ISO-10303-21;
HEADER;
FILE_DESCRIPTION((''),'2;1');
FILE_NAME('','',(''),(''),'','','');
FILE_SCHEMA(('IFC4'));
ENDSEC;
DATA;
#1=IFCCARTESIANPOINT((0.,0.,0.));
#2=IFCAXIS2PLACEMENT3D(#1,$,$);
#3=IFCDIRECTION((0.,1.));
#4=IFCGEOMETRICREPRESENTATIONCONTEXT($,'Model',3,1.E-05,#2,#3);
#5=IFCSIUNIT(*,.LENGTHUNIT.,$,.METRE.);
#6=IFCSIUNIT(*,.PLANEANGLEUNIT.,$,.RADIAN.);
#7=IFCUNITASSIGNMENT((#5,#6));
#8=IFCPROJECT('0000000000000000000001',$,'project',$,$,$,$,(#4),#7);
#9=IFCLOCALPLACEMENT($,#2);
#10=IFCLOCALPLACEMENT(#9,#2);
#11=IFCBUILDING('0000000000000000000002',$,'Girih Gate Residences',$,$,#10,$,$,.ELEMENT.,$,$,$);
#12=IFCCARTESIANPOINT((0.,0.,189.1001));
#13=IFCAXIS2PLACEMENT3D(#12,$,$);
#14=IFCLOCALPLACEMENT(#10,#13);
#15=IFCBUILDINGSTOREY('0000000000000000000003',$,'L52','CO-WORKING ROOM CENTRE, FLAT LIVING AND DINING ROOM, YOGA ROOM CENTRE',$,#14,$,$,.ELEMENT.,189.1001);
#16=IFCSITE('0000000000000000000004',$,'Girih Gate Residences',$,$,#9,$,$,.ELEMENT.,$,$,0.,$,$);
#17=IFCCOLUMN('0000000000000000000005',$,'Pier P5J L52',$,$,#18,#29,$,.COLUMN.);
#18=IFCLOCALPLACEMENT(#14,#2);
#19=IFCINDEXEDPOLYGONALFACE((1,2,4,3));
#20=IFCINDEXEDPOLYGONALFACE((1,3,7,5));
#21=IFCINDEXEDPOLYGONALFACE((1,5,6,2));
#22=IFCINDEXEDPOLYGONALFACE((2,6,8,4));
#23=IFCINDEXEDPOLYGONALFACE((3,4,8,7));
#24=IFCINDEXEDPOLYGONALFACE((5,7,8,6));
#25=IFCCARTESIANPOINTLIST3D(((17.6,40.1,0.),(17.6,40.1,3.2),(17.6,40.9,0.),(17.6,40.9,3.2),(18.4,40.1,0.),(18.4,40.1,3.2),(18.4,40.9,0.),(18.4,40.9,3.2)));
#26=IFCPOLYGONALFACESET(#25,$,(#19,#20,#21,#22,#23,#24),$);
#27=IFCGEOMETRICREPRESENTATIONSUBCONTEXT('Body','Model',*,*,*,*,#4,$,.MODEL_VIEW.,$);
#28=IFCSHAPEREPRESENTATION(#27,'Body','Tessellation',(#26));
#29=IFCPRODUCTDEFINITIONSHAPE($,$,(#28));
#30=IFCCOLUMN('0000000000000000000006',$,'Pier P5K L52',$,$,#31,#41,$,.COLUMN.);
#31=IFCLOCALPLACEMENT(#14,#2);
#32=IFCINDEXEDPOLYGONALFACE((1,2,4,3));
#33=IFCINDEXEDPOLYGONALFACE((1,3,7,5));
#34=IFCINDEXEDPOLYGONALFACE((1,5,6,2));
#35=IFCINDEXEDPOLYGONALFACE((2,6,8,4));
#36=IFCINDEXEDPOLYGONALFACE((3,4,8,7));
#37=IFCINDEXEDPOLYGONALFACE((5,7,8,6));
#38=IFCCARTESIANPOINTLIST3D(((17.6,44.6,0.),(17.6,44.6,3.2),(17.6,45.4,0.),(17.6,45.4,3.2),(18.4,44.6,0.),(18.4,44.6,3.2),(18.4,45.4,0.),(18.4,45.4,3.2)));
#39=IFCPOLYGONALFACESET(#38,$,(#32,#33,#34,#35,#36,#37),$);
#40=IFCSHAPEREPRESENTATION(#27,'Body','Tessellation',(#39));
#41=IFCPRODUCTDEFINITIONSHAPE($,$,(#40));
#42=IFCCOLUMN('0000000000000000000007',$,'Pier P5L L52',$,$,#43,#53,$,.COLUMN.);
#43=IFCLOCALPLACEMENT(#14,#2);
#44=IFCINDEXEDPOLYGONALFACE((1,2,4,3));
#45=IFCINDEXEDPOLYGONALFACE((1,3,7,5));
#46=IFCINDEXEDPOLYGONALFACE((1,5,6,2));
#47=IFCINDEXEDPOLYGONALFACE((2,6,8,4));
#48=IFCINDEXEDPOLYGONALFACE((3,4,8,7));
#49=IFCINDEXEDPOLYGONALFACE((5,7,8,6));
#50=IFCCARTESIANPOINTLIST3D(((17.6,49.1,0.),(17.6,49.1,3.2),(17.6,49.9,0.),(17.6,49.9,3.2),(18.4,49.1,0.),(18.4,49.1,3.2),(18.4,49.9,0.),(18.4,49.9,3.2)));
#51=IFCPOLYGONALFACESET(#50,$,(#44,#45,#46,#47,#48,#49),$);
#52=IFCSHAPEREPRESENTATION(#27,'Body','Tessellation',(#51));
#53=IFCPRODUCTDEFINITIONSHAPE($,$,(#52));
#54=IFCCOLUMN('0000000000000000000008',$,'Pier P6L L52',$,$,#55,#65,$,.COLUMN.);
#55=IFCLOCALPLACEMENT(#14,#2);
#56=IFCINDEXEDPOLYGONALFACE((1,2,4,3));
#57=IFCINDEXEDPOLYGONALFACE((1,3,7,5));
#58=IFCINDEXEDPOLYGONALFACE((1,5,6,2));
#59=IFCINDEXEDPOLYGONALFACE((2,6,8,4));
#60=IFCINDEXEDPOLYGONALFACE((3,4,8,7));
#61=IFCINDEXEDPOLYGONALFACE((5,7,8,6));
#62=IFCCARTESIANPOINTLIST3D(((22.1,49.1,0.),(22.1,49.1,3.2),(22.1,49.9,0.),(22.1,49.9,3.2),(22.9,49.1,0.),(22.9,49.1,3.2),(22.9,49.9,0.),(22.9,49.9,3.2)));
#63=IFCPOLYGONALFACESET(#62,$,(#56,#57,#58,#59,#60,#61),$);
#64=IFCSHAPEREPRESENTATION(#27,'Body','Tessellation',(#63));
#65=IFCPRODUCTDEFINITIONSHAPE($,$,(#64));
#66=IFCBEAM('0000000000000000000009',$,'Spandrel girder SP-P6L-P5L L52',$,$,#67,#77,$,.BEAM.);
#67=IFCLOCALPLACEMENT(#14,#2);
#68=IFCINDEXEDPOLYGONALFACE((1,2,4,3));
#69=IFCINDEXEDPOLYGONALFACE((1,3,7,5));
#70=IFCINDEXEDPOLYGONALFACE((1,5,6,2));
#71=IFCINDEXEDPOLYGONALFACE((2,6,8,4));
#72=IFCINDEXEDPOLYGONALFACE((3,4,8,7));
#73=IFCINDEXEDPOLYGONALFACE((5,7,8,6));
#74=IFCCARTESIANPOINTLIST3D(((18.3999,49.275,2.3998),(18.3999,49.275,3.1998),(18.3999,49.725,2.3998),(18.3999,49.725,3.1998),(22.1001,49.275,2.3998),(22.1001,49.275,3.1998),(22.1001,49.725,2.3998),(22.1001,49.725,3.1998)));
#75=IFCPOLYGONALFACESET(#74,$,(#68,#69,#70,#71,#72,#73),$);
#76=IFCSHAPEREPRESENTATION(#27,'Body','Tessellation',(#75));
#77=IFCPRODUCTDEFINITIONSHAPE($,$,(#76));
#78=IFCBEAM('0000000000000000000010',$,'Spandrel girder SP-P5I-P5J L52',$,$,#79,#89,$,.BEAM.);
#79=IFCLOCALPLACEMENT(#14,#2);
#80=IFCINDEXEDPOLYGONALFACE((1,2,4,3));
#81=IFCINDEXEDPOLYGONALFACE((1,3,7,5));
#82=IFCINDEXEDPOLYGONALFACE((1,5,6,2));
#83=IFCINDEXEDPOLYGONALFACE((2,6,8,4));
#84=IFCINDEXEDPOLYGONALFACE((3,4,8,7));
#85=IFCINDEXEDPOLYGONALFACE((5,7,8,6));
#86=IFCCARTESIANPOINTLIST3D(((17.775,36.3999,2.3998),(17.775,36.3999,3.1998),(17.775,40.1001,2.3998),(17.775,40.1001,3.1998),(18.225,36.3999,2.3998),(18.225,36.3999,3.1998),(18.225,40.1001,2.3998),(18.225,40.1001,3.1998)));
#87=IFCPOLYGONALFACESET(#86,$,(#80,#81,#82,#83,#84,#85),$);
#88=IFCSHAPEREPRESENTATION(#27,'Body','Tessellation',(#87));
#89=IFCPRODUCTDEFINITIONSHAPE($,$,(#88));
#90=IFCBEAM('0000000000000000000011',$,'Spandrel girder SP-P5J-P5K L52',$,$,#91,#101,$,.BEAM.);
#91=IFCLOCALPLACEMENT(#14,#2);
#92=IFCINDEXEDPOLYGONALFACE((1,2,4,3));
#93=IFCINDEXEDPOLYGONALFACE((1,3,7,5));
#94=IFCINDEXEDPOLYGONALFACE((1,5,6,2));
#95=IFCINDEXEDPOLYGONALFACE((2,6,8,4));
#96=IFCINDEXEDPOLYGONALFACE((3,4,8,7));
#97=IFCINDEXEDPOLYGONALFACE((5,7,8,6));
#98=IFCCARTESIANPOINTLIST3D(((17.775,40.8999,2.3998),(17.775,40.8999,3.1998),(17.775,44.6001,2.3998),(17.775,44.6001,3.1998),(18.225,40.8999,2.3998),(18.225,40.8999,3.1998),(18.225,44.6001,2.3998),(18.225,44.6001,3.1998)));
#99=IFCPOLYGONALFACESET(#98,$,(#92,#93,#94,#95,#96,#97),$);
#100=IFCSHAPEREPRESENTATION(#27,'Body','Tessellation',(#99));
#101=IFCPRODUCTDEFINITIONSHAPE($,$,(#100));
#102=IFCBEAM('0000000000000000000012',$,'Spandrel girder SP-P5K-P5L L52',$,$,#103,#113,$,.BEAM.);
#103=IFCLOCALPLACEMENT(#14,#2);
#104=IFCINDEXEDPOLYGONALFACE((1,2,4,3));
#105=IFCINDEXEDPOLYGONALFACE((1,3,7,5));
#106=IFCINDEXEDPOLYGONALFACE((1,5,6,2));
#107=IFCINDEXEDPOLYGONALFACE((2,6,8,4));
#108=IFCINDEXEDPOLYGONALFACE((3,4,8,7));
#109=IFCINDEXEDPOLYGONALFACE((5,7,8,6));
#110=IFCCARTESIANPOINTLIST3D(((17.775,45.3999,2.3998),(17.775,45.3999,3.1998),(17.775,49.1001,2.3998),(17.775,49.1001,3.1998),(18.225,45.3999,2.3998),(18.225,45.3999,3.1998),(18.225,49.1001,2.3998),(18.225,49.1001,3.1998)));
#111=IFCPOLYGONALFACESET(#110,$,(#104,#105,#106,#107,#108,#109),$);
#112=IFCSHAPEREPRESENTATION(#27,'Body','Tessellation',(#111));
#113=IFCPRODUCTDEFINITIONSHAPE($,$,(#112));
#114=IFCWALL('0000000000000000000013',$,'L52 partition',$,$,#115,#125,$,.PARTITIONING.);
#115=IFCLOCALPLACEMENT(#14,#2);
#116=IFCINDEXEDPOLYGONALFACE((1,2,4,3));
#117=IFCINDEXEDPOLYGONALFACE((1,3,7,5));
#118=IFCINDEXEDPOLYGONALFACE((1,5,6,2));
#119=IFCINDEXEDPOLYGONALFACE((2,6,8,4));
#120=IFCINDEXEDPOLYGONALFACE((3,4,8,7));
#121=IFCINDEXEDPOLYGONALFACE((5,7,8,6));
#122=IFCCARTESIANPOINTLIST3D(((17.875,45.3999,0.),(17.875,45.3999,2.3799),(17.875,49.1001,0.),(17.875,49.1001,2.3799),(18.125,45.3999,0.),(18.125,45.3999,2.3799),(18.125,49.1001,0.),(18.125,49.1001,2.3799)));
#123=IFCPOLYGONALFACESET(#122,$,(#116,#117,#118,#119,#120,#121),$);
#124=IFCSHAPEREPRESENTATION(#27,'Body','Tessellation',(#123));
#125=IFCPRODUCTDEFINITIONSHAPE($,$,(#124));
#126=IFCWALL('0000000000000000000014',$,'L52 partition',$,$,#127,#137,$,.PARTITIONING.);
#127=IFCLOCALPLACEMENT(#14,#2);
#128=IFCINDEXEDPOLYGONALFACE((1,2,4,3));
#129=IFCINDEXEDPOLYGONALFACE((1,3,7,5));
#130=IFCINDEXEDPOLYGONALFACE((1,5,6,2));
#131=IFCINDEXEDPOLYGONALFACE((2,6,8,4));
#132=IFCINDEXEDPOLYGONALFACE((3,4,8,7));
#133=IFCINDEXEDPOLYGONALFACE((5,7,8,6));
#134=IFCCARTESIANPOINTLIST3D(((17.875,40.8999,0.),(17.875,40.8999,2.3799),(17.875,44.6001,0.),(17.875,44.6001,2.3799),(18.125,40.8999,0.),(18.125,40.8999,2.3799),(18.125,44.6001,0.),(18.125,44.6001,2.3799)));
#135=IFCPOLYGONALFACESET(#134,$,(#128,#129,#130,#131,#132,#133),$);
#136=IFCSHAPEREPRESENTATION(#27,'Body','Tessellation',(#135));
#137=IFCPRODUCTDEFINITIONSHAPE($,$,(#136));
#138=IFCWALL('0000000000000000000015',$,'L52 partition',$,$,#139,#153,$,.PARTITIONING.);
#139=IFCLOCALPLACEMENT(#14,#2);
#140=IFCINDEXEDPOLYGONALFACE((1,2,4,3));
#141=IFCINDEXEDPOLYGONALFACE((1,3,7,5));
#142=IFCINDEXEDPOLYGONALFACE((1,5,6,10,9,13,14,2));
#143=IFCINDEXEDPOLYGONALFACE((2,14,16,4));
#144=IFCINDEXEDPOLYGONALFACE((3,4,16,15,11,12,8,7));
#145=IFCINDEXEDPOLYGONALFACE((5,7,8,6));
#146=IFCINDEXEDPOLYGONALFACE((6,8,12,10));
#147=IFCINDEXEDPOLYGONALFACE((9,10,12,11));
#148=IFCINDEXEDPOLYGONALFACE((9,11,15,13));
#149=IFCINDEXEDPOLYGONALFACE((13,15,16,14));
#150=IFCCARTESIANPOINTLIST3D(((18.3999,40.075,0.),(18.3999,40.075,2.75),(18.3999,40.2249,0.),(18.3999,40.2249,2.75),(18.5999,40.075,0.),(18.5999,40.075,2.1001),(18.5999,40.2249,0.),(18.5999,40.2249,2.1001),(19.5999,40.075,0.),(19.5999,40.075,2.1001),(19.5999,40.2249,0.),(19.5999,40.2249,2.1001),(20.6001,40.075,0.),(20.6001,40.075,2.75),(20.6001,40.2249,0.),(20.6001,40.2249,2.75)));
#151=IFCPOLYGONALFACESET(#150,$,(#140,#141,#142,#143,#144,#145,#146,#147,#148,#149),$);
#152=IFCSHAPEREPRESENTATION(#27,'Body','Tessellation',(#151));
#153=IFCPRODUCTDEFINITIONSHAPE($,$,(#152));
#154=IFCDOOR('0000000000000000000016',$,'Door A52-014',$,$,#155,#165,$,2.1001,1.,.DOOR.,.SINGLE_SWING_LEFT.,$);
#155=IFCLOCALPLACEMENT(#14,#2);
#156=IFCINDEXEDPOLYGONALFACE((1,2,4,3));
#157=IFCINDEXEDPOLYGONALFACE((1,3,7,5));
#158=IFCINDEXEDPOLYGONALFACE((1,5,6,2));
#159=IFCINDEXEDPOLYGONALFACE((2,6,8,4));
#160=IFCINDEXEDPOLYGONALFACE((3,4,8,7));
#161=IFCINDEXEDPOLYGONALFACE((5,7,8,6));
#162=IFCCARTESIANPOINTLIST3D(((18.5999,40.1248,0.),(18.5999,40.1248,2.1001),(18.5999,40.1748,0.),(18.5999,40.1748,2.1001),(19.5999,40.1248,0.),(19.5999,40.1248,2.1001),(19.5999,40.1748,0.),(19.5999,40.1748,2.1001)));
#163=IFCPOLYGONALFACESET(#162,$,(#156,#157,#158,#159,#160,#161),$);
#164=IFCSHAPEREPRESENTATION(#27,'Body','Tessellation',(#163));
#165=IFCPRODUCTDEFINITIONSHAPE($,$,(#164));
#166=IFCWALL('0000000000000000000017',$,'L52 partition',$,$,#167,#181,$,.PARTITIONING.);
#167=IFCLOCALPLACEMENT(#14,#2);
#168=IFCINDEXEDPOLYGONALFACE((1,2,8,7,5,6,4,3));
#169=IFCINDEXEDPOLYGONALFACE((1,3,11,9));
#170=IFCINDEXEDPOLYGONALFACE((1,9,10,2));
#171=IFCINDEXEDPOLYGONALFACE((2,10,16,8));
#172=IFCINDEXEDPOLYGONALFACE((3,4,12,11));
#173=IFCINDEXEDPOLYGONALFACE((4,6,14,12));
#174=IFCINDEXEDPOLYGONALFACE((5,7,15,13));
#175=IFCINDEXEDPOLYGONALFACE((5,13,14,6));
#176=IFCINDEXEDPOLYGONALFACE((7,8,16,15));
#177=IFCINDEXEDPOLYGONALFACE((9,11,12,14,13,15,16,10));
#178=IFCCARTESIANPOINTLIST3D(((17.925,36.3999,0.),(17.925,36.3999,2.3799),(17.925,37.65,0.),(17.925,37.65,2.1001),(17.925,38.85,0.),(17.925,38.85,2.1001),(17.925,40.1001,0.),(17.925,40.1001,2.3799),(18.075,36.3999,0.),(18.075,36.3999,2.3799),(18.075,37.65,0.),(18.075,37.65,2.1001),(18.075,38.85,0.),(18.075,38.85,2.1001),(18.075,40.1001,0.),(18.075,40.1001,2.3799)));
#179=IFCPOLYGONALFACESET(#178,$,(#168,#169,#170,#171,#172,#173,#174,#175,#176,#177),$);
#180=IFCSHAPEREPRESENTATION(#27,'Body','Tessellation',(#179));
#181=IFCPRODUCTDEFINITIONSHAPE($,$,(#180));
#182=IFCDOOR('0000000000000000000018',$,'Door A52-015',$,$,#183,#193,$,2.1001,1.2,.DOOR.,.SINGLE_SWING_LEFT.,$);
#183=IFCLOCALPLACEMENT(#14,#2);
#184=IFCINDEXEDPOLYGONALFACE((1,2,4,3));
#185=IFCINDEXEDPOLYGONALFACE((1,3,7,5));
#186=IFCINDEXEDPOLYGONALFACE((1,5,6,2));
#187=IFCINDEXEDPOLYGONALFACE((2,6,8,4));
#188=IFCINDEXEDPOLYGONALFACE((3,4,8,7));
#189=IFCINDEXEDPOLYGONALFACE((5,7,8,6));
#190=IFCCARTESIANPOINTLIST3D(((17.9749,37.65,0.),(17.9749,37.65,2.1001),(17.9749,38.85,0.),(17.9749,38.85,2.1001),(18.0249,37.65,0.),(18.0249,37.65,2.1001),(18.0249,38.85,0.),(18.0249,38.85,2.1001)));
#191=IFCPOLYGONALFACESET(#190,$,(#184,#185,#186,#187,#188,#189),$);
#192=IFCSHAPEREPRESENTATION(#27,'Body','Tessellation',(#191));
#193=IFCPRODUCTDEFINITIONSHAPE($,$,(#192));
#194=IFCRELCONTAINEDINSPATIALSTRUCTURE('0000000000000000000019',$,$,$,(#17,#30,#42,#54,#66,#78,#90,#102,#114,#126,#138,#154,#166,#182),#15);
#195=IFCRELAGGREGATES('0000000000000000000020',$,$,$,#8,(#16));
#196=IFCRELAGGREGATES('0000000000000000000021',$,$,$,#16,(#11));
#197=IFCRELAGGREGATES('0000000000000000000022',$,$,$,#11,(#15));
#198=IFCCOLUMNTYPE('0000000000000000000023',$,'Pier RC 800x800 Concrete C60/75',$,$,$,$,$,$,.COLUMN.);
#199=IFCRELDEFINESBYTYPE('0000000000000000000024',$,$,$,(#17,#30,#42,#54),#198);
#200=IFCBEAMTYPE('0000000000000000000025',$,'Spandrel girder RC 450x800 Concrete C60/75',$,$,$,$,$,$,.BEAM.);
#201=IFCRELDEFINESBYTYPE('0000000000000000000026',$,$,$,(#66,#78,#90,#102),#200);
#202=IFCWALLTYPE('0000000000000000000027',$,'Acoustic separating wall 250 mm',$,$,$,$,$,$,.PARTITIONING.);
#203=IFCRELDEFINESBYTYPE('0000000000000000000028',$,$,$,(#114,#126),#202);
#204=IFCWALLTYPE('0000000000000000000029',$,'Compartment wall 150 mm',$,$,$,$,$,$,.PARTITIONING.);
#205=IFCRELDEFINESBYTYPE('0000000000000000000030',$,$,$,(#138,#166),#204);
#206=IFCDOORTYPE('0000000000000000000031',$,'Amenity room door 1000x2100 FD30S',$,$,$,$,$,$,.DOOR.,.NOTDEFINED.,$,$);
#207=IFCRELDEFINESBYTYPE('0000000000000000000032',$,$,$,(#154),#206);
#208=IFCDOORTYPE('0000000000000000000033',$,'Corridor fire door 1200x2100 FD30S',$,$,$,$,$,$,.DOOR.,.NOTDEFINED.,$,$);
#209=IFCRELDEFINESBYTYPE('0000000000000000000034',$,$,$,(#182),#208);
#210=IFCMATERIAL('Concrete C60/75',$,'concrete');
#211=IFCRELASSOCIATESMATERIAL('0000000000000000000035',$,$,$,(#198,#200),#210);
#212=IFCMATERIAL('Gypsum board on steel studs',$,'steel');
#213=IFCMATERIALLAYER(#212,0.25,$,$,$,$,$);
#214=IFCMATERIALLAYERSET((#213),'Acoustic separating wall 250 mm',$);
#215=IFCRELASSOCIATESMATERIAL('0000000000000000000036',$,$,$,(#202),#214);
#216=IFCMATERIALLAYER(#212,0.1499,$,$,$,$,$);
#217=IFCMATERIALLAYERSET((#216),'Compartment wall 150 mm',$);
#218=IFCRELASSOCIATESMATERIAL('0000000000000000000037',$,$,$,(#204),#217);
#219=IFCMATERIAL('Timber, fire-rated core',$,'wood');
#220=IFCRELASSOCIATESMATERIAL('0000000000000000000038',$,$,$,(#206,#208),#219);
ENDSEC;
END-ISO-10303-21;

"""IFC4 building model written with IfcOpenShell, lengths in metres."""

from ifc_helpers import new_model, si_unit, direction, frame, frame_2d, origin, origin_2d, place, context, subcontext, project, spatial, rectangle, extrude, material, layer, layer_set, material_profile, profile_set, type_object, element, fill, save


model = new_model("IFC4")

# Units and contexts
model_context = context("Model", 3, precision=1e-05, world=origin(), true_north=direction((0.0, 1.0)))
body_context = subcontext(model_context, "Body", "Model", "MODEL_VIEW")
ifc_project = project(units=[si_unit("LENGTHUNIT", "METRE"), si_unit("PLANEANGLEUNIT", "RADIAN")], contexts=[model_context])

# Site, building, storey
site_placement = place(None, origin())
site = spatial("IfcSite", under=ifc_project, at=site_placement, Name="Girih Gate Residences", CompositionType="ELEMENT", RefElevation=0.0)
building_placement = place(site_placement, origin())
building = spatial("IfcBuilding", under=site, at=building_placement, Name="Girih Gate Residences", CompositionType="ELEMENT")
storey_placement = place(building_placement, frame((0.0, 0.0, 189.1001)))
storey = spatial("IfcBuildingStorey", under=building, at=storey_placement, Name="L52", Description="CO-WORKING ROOM CENTRE, FLAT LIVING AND DINING ROOM, YOGA ROOM CENTRE", CompositionType="ELEMENT", Elevation=189.1001)

# Columns
ifc_material_1 = material(Name="Concrete C60/75", Category="concrete")
ifc_material_profile_1 = material_profile(ifc_material_1, rectangle(XDim=0.8, YDim=0.8, at=origin_2d()))
ifc_profile_set_1 = profile_set([ifc_material_profile_1], Name="Concrete C60/75")
column_type = type_object("IfcColumnType", Name="Pier RC 800x800 Concrete C60/75", PredefinedType="COLUMN", material=ifc_profile_set_1)
for number, where, z_axis, x_axis, name in (
    (1, (18.0, 40.5, 0.0), (0.0, 0.0, 1.0), (1.0, 0.0, 0.0), "Pier P5J L52"),
    (2, (18.0, 45.0, 0.0), (0.0, 0.0, 1.0), (1.0, 0.0, 0.0), "Pier P5K L52"),
    (3, (18.0, 49.5, 0.0), (0.0, 0.0, 1.0), (1.0, 0.0, 0.0), "Pier P5L L52"),
    (4, (22.5, 49.5, 0.0), (0.0, 0.0, 1.0), (1.0, 0.0, 0.0), "Pier P6L L52"),
):
    element("IfcColumn", number, at=place(storey_placement, frame(where, z_axis=z_axis, x_axis=x_axis)), inside=storey, type_object=column_type, Name=name, PredefinedType="COLUMN", context=body_context, shape_type="SweptSolid", body=[
        extrude(rectangle(XDim=0.8, YDim=0.8, at=origin_2d()), origin(), (0.0, 0.0, 1.0), 3.2),
    ])

# Beams
ifc_material_profile_2 = material_profile(ifc_material_1, rectangle(XDim=0.45, YDim=0.8, at=origin_2d()))
ifc_profile_set_2 = profile_set([ifc_material_profile_2], Name="Concrete C60/75")
beam_type = type_object("IfcBeamType", Name="Spandrel girder RC 450x800 Concrete C60/75", PredefinedType="BEAM", material=ifc_profile_set_2)
for number, where, z_axis, x_axis, name in (
    (5, (22.1001, 49.5, 2.7998), (-1.0, 0.0, 0.0), (0.0, -1.0, 0.0), "Spandrel girder SP-P6L-P5L L52"),
    (6, (18.0, 36.3999, 2.7998), (0.0, 1.0, 0.0), (-1.0, 0.0, 0.0), "Spandrel girder SP-P5I-P5J L52"),
    (7, (18.0, 40.8999, 2.7998), (0.0, 1.0, 0.0), (-1.0, 0.0, 0.0), "Spandrel girder SP-P5J-P5K L52"),
    (8, (18.0, 45.3999, 2.7998), (0.0, 1.0, 0.0), (-1.0, 0.0, 0.0), "Spandrel girder SP-P5K-P5L L52"),
):
    element("IfcBeam", number, at=place(storey_placement, frame(where, z_axis=z_axis, x_axis=x_axis)), inside=storey, type_object=beam_type, Name=name, PredefinedType="BEAM", context=body_context, shape_type="SweptSolid", body=[
        extrude(rectangle(XDim=0.45, YDim=0.8, at=origin_2d()), origin(), (0.0, 0.0, 1.0), 3.7002),
    ])

# Walls
ifc_material_2 = material(Name="Gypsum board on steel studs", Category="steel")
ifc_layer_1 = layer(ifc_material_2, 0.25)
ifc_layer_set_1 = layer_set([ifc_layer_1], Name="Acoustic separating wall 250 mm")
wall_type_1 = type_object("IfcWallType", Name="Acoustic separating wall 250 mm", PredefinedType="PARTITIONING", material=ifc_layer_set_1)
for number, where, z_axis, x_axis, name in (
    (9, (18.0, 45.3999, 0.0), (0.0, 0.0, 1.0), (0.0, 1.0, 0.0), "L52 partition"),
    (10, (18.0, 40.8999, 0.0), (0.0, 0.0, 1.0), (0.0, 1.0, 0.0), "L52 partition"),
):
    element("IfcWall", number, at=place(storey_placement, frame(where, z_axis=z_axis, x_axis=x_axis)), inside=storey, type_object=wall_type_1, Name=name, PredefinedType="PARTITIONING", context=body_context, shape_type="SweptSolid", body=[
        extrude(rectangle(XDim=3.7002, YDim=0.25, at=frame_2d((1.8501, 0.0))), origin(), (0.0, 0.0, 1.0), 2.3799),
    ])

# Walls, openings, doors
ifc_layer_2 = layer(ifc_material_2, 0.1499)
ifc_layer_set_2 = layer_set([ifc_layer_2], Name="Compartment wall 150 mm")
wall_type_2 = type_object("IfcWallType", Name="Compartment wall 150 mm", PredefinedType="PARTITIONING", material=ifc_layer_set_2)
wall_1_placement = place(storey_placement, frame((18.3999, 40.1499, 0.0), z_axis=(0.0, 0.0, 1.0), x_axis=(1.0, 0.0, 0.0)))
wall_1 = element("IfcWall", 11, at=wall_1_placement, inside=storey, type_object=wall_type_2, Name="L52 partition", PredefinedType="PARTITIONING", context=body_context, shape_type="SweptSolid", body=[
    extrude(rectangle(XDim=2.2002, YDim=0.1499, at=frame_2d((1.1001, 0.0))), origin(), (0.0, 0.0, 1.0), 2.75),
])
opening_1_placement = place(wall_1_placement, frame((0.2, 0.0, 0.0)))
opening_1 = element("IfcOpeningElement", 12, at=opening_1_placement, cuts=wall_1, PredefinedType="OPENING", context=body_context, shape_type="SweptSolid", body=[
    extrude(rectangle(XDim=1.0, YDim=2.1001, at=frame_2d((0.5, 1.05))), frame((0.0, 0.085, 0.0), z_axis=(0.0, -1.0, 0.0), x_axis=(1.0, 0.0, 0.0)), (0.0, 0.0, 1.0), 0.1699),
])
ifc_material_3 = material(Name="Timber, fire-rated core", Category="wood")
door_type_1 = type_object("IfcDoorType", Name="Amenity room door 1000x2100 FD30S", OperationType="NOTDEFINED", PredefinedType="DOOR", material=ifc_material_3)
door_1_placement = place(opening_1_placement, origin())
door_1 = element("IfcDoor", 13, at=door_1_placement, inside=storey, type_object=door_type_1, Name="Door A52-014", OperationType="SINGLE_SWING_LEFT", OverallHeight=2.1001, OverallWidth=1.0, PredefinedType="DOOR", context=body_context, shape_type="SweptSolid", body=[
    extrude(rectangle(XDim=1.0, YDim=2.1001, at=frame_2d((0.5, 1.05))), frame((0.0, 0.0249, 0.0), z_axis=(0.0, -1.0, 0.0), x_axis=(1.0, 0.0, 0.0)), (0.0, 0.0, 1.0), 0.05),
])
fill(opening_1, door_1)
wall_2_placement = place(storey_placement, frame((18.0, 40.1001, 0.0), z_axis=(0.0, 0.0, 1.0), x_axis=(0.0, -1.0, 0.0)))
wall_2 = element("IfcWall", 14, at=wall_2_placement, inside=storey, type_object=wall_type_2, Name="L52 partition", PredefinedType="PARTITIONING", context=body_context, shape_type="SweptSolid", body=[
    extrude(rectangle(XDim=3.7002, YDim=0.1499, at=frame_2d((1.8501, 0.0))), origin(), (0.0, 0.0, 1.0), 2.3799),
])
opening_2_placement = place(wall_2_placement, frame((1.25, 0.0, 0.0)))
opening_2 = element("IfcOpeningElement", 15, at=opening_2_placement, cuts=wall_2, PredefinedType="OPENING", context=body_context, shape_type="SweptSolid", body=[
    extrude(rectangle(XDim=1.2, YDim=2.1001, at=frame_2d((0.6001, 1.05))), frame((0.0, 0.085, 0.0), z_axis=(0.0, -1.0, 0.0), x_axis=(1.0, 0.0, 0.0)), (0.0, 0.0, 1.0), 0.1699),
])
door_type_2 = type_object("IfcDoorType", Name="Corridor fire door 1200x2100 FD30S", OperationType="NOTDEFINED", PredefinedType="DOOR", material=ifc_material_3)
door_2_placement = place(opening_2_placement, origin())
door_2 = element("IfcDoor", 16, at=door_2_placement, inside=storey, type_object=door_type_2, Name="Door A52-015", OperationType="SINGLE_SWING_LEFT", OverallHeight=2.1001, OverallWidth=1.2, PredefinedType="DOOR", context=body_context, shape_type="SweptSolid", body=[
    extrude(rectangle(XDim=1.2, YDim=2.1001, at=frame_2d((0.6001, 1.05))), frame((0.0, 0.0249, 0.0), z_axis=(0.0, -1.0, 0.0), x_axis=(1.0, 0.0, 0.0)), (0.0, 0.0, 1.0), 0.05),
])
fill(opening_2, door_2)

save(model, "model.ifc")
